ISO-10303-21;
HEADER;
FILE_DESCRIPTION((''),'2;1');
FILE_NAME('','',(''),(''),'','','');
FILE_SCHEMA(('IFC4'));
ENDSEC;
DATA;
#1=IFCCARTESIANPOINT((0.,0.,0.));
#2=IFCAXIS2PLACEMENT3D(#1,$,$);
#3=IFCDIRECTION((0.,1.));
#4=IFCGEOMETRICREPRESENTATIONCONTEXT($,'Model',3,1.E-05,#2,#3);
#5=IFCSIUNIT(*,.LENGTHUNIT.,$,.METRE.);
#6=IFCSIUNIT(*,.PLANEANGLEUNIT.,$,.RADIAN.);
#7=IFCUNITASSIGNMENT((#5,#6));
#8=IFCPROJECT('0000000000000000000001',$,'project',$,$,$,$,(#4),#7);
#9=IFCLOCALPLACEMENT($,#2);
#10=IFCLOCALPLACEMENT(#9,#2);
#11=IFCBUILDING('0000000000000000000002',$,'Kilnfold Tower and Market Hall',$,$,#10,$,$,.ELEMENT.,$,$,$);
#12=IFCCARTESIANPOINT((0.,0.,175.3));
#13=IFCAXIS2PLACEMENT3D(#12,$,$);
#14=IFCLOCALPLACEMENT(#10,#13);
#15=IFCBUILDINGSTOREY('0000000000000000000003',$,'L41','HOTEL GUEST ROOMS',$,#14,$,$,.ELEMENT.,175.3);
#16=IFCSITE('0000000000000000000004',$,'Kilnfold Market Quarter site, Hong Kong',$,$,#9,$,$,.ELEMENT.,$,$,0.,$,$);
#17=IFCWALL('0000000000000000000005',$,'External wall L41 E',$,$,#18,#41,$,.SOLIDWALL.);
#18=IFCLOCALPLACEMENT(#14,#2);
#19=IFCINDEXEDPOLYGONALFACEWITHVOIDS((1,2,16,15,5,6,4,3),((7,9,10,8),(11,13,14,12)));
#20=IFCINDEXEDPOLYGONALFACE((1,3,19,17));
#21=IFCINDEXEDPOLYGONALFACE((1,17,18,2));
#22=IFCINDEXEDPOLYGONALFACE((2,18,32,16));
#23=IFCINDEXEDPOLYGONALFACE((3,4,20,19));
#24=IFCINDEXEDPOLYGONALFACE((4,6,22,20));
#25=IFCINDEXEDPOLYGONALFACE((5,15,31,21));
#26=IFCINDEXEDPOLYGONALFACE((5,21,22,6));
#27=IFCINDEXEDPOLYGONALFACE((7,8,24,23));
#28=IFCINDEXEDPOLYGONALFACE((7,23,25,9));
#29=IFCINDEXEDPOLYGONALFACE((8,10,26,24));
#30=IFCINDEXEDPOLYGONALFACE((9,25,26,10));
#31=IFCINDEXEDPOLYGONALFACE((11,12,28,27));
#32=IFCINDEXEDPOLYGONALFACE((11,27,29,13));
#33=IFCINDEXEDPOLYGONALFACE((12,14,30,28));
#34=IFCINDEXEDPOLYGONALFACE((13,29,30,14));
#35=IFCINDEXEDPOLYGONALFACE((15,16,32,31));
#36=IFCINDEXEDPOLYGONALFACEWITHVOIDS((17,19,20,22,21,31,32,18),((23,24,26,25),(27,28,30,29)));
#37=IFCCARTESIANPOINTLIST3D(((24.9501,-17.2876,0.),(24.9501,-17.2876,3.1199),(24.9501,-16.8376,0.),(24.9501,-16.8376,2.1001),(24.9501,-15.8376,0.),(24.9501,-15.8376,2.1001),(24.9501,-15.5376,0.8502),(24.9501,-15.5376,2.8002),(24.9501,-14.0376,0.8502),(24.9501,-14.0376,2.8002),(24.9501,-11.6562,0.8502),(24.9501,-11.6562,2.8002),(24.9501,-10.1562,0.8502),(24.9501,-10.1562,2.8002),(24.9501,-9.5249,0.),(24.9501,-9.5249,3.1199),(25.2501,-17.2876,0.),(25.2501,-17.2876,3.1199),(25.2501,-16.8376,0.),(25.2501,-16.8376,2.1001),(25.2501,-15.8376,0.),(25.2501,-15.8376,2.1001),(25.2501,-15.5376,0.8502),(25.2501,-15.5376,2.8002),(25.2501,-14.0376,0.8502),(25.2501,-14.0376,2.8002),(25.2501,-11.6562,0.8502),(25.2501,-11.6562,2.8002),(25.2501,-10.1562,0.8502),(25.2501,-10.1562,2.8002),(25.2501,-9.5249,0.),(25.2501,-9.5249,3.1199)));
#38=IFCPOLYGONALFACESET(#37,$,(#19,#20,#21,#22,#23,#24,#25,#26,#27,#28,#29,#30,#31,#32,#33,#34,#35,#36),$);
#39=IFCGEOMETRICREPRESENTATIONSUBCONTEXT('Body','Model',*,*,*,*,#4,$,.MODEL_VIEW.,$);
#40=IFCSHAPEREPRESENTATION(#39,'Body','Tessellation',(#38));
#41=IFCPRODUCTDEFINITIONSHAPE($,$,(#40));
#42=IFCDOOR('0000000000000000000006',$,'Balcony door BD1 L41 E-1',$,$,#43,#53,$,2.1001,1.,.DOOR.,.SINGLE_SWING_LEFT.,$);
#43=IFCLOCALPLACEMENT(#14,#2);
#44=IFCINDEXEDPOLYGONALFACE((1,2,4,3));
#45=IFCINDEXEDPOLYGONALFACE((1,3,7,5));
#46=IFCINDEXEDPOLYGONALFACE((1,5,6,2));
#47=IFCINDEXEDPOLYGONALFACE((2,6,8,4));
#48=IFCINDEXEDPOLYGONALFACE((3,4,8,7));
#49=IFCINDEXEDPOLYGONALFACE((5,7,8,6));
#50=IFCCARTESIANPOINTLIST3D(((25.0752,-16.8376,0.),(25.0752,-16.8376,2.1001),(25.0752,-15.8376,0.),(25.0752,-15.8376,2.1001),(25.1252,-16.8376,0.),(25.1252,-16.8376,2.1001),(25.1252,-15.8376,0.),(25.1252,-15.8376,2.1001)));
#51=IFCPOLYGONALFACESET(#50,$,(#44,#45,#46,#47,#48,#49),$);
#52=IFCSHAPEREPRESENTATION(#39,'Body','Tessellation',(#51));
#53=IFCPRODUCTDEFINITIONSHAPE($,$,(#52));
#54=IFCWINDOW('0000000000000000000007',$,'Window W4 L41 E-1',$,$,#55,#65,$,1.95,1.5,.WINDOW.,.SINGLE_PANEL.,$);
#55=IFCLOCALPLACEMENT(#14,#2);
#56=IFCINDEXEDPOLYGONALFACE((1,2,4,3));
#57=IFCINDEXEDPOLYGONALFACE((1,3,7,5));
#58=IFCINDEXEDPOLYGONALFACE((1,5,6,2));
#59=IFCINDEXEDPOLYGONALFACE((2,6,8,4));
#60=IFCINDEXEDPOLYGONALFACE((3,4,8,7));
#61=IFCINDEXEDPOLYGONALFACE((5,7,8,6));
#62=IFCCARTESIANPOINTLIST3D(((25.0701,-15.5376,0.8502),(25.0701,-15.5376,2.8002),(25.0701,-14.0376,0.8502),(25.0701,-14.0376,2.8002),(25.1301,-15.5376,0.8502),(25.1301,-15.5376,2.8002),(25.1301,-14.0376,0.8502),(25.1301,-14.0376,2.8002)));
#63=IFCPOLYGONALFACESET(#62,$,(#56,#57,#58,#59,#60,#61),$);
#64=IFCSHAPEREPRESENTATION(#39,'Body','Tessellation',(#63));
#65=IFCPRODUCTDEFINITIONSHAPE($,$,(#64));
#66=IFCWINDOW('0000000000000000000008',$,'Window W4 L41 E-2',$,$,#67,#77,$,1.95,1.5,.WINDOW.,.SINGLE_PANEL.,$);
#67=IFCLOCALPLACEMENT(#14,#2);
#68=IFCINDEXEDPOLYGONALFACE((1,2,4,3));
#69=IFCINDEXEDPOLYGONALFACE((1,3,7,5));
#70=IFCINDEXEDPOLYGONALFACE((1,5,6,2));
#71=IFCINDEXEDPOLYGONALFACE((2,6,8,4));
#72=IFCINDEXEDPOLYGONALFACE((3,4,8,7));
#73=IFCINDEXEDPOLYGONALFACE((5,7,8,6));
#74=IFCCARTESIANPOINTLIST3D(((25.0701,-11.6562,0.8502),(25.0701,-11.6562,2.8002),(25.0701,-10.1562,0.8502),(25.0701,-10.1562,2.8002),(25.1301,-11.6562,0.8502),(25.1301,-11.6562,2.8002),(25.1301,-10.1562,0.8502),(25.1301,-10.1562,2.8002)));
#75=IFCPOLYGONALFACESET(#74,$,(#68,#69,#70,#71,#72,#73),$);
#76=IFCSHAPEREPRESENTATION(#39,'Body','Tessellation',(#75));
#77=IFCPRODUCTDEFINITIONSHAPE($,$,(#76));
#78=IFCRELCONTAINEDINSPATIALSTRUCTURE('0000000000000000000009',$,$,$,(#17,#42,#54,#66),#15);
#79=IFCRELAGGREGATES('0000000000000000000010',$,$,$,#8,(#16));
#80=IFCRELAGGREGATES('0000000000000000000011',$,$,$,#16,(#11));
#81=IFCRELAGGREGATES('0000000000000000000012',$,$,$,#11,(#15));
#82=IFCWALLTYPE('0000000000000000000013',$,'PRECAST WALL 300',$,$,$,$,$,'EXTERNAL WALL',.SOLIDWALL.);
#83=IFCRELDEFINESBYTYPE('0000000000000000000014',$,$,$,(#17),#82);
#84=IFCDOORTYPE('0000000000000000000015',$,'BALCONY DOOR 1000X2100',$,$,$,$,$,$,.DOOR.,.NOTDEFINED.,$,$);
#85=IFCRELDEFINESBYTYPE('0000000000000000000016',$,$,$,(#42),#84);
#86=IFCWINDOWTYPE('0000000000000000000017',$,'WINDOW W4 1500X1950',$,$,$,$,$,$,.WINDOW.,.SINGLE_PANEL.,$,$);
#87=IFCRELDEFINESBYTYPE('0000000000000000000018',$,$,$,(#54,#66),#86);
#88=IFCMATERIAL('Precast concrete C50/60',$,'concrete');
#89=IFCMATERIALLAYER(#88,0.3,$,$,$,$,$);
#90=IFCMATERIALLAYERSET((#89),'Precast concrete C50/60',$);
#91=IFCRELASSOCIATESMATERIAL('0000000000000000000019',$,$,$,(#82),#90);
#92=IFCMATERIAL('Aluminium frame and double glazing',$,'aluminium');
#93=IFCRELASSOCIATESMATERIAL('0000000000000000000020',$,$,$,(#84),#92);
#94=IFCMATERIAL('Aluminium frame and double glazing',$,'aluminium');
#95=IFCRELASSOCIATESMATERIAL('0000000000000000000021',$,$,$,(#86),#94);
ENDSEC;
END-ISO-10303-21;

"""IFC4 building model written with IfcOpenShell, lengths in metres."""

from ifc_helpers import new_model, si_unit, direction, frame, frame_2d, origin, place, context, subcontext, project, spatial, rectangle, extrude, source, transform, mapped, material, layer, layer_set, type_object, element, fill, save


model = new_model("IFC4")

# Units and contexts
model_context = context("Model", 3, precision=1e-05, world=origin(), true_north=direction((0.0, 1.0)))
body_context = subcontext(model_context, "Body", "Model", "MODEL_VIEW")
ifc_project = project(units=[si_unit("LENGTHUNIT", "METRE"), si_unit("PLANEANGLEUNIT", "RADIAN")], contexts=[model_context])

# Site, building, storey
site_placement = place(None, origin())
site = spatial("IfcSite", under=ifc_project, at=site_placement, Name="Kilnfold Market Quarter site, Hong Kong", CompositionType="ELEMENT", RefElevation=0.0)
building_placement = place(site_placement, origin())
building = spatial("IfcBuilding", under=site, at=building_placement, Name="Kilnfold Tower and Market Hall", CompositionType="ELEMENT")
storey_placement = place(building_placement, frame((0.0, 0.0, 175.3)))
storey = spatial("IfcBuildingStorey", under=building, at=storey_placement, Name="L41", Description="HOTEL GUEST ROOMS", CompositionType="ELEMENT", Elevation=175.3)

# Wall, openings, door, windows
ifc_material_1 = material(Name="Precast concrete C50/60", Category="concrete")
ifc_layer_1 = layer(ifc_material_1, 0.3)
ifc_layer_set_1 = layer_set([ifc_layer_1], Name="Precast concrete C50/60")
wall_type_1 = type_object("IfcWallType", Name="PRECAST WALL 300", ElementType="EXTERNAL WALL", PredefinedType="SOLIDWALL", material=ifc_layer_set_1)
shared_shape_1 = source(origin(), body_context, "Body", "SweptSolid", [
    extrude(rectangle(XDim=7.7627, YDim=0.3, at=frame_2d((3.8813, 0.0))), origin(), (0.0, 0.0, 1.0), 3.1199),
])
wall_1_placement = place(storey_placement, frame((25.1001, -17.2876, 0.0), z_axis=(0.0, 0.0, 1.0), x_axis=(0.0, 1.0, 0.0)))
wall_1 = element("IfcWall", 1, at=wall_1_placement, inside=storey, type_object=wall_type_1, Name="External wall L41 E", PredefinedType="SOLIDWALL", context=body_context, shape_type="MappedRepresentation", body=[
    mapped(shared_shape_1, transform((0.0, 0.0, 0.0))),
])
opening_1_placement = place(wall_1_placement, frame((1.75, 0.0, 0.8501)))
opening_1 = element("IfcOpeningElement", 2, at=opening_1_placement, cuts=wall_1, PredefinedType="OPENING", context=body_context, shape_type="SweptSolid", body=[
    extrude(rectangle(XDim=1.5, YDim=1.95, at=frame_2d((0.75, 0.9751))), frame((0.0, 0.1602, 0.0), z_axis=(0.0, -1.0, 0.0), x_axis=(1.0, 0.0, 0.0)), (0.0, 0.0, 1.0), 0.3201),
])
opening_2_placement = place(wall_1_placement, frame((0.45, 0.0, 0.0)))
opening_2 = element("IfcOpeningElement", 3, at=opening_2_placement, cuts=wall_1, PredefinedType="OPENING", context=body_context, shape_type="SweptSolid", body=[
    extrude(rectangle(XDim=1.0, YDim=2.1001, at=frame_2d((0.5, 1.05))), frame((0.0, 0.1602, 0.0), z_axis=(0.0, -1.0, 0.0), x_axis=(1.0, 0.0, 0.0)), (0.0, 0.0, 1.0), 0.3201),
])
opening_3_placement = place(wall_1_placement, frame((5.6313, 0.0, 0.8501)))
opening_3 = element("IfcOpeningElement", 4, at=opening_3_placement, cuts=wall_1, PredefinedType="OPENING", context=body_context, shape_type="SweptSolid", body=[
    extrude(rectangle(XDim=1.5, YDim=1.95, at=frame_2d((0.75, 0.9751))), frame((0.0, 0.1602, 0.0), z_axis=(0.0, -1.0, 0.0), x_axis=(1.0, 0.0, 0.0)), (0.0, 0.0, 1.0), 0.3201),
])
ifc_material_2 = material(Name="Aluminium frame and double glazing", Category="aluminium")
door_type_1 = type_object("IfcDoorType", Name="BALCONY DOOR 1000X2100", OperationType="NOTDEFINED", PredefinedType="DOOR", material=ifc_material_2)
door_1_placement = place(opening_2_placement, origin())
door_1 = element("IfcDoor", 5, at=door_1_placement, inside=storey, type_object=door_type_1, Name="Balcony door BD1 L41 E-1", OperationType="SINGLE_SWING_LEFT", OverallHeight=2.1001, OverallWidth=1.0, PredefinedType="DOOR", context=body_context, shape_type="SweptSolid", body=[
    extrude(rectangle(XDim=1.0, YDim=2.1001, at=frame_2d((0.5, 1.05))), frame((0.0, 0.0249, 0.0), z_axis=(0.0, -1.0, 0.0), x_axis=(1.0, 0.0, 0.0)), (0.0, 0.0, 1.0), 0.05),
])
fill(opening_2, door_1)
ifc_material_3 = material(Name="Aluminium frame and double glazing", Category="aluminium")
window_type = type_object("IfcWindowType", Name="WINDOW W4 1500X1950", PartitioningType="SINGLE_PANEL", PredefinedType="WINDOW", material=ifc_material_3)
window_1_placement = place(opening_1_placement, origin())
window_1 = element("IfcWindow", 6, at=window_1_placement, inside=storey, type_object=window_type, Name="Window W4 L41 E-1", OverallHeight=1.95, OverallWidth=1.5, PartitioningType="SINGLE_PANEL", PredefinedType="WINDOW", context=body_context, shape_type="SweptSolid", body=[
    extrude(rectangle(XDim=1.5, YDim=1.95, at=frame_2d((0.75, 0.9751))), frame((0.0, 0.03, 0.0), z_axis=(0.0, -1.0, 0.0), x_axis=(1.0, 0.0, 0.0)), (0.0, 0.0, 1.0), 0.0601),
])
fill(opening_1, window_1)
window_2_placement = place(opening_3_placement, origin())
window_2 = element("IfcWindow", 7, at=window_2_placement, inside=storey, type_object=window_type, Name="Window W4 L41 E-2", OverallHeight=1.95, OverallWidth=1.5, PartitioningType="SINGLE_PANEL", PredefinedType="WINDOW", context=body_context, shape_type="SweptSolid", body=[
    extrude(rectangle(XDim=1.5, YDim=1.95, at=frame_2d((0.75, 0.9751))), frame((0.0, 0.03, 0.0), z_axis=(0.0, -1.0, 0.0), x_axis=(1.0, 0.0, 0.0)), (0.0, 0.0, 1.0), 0.0601),
])
fill(opening_3, window_2)

save(model, "model.ifc")
